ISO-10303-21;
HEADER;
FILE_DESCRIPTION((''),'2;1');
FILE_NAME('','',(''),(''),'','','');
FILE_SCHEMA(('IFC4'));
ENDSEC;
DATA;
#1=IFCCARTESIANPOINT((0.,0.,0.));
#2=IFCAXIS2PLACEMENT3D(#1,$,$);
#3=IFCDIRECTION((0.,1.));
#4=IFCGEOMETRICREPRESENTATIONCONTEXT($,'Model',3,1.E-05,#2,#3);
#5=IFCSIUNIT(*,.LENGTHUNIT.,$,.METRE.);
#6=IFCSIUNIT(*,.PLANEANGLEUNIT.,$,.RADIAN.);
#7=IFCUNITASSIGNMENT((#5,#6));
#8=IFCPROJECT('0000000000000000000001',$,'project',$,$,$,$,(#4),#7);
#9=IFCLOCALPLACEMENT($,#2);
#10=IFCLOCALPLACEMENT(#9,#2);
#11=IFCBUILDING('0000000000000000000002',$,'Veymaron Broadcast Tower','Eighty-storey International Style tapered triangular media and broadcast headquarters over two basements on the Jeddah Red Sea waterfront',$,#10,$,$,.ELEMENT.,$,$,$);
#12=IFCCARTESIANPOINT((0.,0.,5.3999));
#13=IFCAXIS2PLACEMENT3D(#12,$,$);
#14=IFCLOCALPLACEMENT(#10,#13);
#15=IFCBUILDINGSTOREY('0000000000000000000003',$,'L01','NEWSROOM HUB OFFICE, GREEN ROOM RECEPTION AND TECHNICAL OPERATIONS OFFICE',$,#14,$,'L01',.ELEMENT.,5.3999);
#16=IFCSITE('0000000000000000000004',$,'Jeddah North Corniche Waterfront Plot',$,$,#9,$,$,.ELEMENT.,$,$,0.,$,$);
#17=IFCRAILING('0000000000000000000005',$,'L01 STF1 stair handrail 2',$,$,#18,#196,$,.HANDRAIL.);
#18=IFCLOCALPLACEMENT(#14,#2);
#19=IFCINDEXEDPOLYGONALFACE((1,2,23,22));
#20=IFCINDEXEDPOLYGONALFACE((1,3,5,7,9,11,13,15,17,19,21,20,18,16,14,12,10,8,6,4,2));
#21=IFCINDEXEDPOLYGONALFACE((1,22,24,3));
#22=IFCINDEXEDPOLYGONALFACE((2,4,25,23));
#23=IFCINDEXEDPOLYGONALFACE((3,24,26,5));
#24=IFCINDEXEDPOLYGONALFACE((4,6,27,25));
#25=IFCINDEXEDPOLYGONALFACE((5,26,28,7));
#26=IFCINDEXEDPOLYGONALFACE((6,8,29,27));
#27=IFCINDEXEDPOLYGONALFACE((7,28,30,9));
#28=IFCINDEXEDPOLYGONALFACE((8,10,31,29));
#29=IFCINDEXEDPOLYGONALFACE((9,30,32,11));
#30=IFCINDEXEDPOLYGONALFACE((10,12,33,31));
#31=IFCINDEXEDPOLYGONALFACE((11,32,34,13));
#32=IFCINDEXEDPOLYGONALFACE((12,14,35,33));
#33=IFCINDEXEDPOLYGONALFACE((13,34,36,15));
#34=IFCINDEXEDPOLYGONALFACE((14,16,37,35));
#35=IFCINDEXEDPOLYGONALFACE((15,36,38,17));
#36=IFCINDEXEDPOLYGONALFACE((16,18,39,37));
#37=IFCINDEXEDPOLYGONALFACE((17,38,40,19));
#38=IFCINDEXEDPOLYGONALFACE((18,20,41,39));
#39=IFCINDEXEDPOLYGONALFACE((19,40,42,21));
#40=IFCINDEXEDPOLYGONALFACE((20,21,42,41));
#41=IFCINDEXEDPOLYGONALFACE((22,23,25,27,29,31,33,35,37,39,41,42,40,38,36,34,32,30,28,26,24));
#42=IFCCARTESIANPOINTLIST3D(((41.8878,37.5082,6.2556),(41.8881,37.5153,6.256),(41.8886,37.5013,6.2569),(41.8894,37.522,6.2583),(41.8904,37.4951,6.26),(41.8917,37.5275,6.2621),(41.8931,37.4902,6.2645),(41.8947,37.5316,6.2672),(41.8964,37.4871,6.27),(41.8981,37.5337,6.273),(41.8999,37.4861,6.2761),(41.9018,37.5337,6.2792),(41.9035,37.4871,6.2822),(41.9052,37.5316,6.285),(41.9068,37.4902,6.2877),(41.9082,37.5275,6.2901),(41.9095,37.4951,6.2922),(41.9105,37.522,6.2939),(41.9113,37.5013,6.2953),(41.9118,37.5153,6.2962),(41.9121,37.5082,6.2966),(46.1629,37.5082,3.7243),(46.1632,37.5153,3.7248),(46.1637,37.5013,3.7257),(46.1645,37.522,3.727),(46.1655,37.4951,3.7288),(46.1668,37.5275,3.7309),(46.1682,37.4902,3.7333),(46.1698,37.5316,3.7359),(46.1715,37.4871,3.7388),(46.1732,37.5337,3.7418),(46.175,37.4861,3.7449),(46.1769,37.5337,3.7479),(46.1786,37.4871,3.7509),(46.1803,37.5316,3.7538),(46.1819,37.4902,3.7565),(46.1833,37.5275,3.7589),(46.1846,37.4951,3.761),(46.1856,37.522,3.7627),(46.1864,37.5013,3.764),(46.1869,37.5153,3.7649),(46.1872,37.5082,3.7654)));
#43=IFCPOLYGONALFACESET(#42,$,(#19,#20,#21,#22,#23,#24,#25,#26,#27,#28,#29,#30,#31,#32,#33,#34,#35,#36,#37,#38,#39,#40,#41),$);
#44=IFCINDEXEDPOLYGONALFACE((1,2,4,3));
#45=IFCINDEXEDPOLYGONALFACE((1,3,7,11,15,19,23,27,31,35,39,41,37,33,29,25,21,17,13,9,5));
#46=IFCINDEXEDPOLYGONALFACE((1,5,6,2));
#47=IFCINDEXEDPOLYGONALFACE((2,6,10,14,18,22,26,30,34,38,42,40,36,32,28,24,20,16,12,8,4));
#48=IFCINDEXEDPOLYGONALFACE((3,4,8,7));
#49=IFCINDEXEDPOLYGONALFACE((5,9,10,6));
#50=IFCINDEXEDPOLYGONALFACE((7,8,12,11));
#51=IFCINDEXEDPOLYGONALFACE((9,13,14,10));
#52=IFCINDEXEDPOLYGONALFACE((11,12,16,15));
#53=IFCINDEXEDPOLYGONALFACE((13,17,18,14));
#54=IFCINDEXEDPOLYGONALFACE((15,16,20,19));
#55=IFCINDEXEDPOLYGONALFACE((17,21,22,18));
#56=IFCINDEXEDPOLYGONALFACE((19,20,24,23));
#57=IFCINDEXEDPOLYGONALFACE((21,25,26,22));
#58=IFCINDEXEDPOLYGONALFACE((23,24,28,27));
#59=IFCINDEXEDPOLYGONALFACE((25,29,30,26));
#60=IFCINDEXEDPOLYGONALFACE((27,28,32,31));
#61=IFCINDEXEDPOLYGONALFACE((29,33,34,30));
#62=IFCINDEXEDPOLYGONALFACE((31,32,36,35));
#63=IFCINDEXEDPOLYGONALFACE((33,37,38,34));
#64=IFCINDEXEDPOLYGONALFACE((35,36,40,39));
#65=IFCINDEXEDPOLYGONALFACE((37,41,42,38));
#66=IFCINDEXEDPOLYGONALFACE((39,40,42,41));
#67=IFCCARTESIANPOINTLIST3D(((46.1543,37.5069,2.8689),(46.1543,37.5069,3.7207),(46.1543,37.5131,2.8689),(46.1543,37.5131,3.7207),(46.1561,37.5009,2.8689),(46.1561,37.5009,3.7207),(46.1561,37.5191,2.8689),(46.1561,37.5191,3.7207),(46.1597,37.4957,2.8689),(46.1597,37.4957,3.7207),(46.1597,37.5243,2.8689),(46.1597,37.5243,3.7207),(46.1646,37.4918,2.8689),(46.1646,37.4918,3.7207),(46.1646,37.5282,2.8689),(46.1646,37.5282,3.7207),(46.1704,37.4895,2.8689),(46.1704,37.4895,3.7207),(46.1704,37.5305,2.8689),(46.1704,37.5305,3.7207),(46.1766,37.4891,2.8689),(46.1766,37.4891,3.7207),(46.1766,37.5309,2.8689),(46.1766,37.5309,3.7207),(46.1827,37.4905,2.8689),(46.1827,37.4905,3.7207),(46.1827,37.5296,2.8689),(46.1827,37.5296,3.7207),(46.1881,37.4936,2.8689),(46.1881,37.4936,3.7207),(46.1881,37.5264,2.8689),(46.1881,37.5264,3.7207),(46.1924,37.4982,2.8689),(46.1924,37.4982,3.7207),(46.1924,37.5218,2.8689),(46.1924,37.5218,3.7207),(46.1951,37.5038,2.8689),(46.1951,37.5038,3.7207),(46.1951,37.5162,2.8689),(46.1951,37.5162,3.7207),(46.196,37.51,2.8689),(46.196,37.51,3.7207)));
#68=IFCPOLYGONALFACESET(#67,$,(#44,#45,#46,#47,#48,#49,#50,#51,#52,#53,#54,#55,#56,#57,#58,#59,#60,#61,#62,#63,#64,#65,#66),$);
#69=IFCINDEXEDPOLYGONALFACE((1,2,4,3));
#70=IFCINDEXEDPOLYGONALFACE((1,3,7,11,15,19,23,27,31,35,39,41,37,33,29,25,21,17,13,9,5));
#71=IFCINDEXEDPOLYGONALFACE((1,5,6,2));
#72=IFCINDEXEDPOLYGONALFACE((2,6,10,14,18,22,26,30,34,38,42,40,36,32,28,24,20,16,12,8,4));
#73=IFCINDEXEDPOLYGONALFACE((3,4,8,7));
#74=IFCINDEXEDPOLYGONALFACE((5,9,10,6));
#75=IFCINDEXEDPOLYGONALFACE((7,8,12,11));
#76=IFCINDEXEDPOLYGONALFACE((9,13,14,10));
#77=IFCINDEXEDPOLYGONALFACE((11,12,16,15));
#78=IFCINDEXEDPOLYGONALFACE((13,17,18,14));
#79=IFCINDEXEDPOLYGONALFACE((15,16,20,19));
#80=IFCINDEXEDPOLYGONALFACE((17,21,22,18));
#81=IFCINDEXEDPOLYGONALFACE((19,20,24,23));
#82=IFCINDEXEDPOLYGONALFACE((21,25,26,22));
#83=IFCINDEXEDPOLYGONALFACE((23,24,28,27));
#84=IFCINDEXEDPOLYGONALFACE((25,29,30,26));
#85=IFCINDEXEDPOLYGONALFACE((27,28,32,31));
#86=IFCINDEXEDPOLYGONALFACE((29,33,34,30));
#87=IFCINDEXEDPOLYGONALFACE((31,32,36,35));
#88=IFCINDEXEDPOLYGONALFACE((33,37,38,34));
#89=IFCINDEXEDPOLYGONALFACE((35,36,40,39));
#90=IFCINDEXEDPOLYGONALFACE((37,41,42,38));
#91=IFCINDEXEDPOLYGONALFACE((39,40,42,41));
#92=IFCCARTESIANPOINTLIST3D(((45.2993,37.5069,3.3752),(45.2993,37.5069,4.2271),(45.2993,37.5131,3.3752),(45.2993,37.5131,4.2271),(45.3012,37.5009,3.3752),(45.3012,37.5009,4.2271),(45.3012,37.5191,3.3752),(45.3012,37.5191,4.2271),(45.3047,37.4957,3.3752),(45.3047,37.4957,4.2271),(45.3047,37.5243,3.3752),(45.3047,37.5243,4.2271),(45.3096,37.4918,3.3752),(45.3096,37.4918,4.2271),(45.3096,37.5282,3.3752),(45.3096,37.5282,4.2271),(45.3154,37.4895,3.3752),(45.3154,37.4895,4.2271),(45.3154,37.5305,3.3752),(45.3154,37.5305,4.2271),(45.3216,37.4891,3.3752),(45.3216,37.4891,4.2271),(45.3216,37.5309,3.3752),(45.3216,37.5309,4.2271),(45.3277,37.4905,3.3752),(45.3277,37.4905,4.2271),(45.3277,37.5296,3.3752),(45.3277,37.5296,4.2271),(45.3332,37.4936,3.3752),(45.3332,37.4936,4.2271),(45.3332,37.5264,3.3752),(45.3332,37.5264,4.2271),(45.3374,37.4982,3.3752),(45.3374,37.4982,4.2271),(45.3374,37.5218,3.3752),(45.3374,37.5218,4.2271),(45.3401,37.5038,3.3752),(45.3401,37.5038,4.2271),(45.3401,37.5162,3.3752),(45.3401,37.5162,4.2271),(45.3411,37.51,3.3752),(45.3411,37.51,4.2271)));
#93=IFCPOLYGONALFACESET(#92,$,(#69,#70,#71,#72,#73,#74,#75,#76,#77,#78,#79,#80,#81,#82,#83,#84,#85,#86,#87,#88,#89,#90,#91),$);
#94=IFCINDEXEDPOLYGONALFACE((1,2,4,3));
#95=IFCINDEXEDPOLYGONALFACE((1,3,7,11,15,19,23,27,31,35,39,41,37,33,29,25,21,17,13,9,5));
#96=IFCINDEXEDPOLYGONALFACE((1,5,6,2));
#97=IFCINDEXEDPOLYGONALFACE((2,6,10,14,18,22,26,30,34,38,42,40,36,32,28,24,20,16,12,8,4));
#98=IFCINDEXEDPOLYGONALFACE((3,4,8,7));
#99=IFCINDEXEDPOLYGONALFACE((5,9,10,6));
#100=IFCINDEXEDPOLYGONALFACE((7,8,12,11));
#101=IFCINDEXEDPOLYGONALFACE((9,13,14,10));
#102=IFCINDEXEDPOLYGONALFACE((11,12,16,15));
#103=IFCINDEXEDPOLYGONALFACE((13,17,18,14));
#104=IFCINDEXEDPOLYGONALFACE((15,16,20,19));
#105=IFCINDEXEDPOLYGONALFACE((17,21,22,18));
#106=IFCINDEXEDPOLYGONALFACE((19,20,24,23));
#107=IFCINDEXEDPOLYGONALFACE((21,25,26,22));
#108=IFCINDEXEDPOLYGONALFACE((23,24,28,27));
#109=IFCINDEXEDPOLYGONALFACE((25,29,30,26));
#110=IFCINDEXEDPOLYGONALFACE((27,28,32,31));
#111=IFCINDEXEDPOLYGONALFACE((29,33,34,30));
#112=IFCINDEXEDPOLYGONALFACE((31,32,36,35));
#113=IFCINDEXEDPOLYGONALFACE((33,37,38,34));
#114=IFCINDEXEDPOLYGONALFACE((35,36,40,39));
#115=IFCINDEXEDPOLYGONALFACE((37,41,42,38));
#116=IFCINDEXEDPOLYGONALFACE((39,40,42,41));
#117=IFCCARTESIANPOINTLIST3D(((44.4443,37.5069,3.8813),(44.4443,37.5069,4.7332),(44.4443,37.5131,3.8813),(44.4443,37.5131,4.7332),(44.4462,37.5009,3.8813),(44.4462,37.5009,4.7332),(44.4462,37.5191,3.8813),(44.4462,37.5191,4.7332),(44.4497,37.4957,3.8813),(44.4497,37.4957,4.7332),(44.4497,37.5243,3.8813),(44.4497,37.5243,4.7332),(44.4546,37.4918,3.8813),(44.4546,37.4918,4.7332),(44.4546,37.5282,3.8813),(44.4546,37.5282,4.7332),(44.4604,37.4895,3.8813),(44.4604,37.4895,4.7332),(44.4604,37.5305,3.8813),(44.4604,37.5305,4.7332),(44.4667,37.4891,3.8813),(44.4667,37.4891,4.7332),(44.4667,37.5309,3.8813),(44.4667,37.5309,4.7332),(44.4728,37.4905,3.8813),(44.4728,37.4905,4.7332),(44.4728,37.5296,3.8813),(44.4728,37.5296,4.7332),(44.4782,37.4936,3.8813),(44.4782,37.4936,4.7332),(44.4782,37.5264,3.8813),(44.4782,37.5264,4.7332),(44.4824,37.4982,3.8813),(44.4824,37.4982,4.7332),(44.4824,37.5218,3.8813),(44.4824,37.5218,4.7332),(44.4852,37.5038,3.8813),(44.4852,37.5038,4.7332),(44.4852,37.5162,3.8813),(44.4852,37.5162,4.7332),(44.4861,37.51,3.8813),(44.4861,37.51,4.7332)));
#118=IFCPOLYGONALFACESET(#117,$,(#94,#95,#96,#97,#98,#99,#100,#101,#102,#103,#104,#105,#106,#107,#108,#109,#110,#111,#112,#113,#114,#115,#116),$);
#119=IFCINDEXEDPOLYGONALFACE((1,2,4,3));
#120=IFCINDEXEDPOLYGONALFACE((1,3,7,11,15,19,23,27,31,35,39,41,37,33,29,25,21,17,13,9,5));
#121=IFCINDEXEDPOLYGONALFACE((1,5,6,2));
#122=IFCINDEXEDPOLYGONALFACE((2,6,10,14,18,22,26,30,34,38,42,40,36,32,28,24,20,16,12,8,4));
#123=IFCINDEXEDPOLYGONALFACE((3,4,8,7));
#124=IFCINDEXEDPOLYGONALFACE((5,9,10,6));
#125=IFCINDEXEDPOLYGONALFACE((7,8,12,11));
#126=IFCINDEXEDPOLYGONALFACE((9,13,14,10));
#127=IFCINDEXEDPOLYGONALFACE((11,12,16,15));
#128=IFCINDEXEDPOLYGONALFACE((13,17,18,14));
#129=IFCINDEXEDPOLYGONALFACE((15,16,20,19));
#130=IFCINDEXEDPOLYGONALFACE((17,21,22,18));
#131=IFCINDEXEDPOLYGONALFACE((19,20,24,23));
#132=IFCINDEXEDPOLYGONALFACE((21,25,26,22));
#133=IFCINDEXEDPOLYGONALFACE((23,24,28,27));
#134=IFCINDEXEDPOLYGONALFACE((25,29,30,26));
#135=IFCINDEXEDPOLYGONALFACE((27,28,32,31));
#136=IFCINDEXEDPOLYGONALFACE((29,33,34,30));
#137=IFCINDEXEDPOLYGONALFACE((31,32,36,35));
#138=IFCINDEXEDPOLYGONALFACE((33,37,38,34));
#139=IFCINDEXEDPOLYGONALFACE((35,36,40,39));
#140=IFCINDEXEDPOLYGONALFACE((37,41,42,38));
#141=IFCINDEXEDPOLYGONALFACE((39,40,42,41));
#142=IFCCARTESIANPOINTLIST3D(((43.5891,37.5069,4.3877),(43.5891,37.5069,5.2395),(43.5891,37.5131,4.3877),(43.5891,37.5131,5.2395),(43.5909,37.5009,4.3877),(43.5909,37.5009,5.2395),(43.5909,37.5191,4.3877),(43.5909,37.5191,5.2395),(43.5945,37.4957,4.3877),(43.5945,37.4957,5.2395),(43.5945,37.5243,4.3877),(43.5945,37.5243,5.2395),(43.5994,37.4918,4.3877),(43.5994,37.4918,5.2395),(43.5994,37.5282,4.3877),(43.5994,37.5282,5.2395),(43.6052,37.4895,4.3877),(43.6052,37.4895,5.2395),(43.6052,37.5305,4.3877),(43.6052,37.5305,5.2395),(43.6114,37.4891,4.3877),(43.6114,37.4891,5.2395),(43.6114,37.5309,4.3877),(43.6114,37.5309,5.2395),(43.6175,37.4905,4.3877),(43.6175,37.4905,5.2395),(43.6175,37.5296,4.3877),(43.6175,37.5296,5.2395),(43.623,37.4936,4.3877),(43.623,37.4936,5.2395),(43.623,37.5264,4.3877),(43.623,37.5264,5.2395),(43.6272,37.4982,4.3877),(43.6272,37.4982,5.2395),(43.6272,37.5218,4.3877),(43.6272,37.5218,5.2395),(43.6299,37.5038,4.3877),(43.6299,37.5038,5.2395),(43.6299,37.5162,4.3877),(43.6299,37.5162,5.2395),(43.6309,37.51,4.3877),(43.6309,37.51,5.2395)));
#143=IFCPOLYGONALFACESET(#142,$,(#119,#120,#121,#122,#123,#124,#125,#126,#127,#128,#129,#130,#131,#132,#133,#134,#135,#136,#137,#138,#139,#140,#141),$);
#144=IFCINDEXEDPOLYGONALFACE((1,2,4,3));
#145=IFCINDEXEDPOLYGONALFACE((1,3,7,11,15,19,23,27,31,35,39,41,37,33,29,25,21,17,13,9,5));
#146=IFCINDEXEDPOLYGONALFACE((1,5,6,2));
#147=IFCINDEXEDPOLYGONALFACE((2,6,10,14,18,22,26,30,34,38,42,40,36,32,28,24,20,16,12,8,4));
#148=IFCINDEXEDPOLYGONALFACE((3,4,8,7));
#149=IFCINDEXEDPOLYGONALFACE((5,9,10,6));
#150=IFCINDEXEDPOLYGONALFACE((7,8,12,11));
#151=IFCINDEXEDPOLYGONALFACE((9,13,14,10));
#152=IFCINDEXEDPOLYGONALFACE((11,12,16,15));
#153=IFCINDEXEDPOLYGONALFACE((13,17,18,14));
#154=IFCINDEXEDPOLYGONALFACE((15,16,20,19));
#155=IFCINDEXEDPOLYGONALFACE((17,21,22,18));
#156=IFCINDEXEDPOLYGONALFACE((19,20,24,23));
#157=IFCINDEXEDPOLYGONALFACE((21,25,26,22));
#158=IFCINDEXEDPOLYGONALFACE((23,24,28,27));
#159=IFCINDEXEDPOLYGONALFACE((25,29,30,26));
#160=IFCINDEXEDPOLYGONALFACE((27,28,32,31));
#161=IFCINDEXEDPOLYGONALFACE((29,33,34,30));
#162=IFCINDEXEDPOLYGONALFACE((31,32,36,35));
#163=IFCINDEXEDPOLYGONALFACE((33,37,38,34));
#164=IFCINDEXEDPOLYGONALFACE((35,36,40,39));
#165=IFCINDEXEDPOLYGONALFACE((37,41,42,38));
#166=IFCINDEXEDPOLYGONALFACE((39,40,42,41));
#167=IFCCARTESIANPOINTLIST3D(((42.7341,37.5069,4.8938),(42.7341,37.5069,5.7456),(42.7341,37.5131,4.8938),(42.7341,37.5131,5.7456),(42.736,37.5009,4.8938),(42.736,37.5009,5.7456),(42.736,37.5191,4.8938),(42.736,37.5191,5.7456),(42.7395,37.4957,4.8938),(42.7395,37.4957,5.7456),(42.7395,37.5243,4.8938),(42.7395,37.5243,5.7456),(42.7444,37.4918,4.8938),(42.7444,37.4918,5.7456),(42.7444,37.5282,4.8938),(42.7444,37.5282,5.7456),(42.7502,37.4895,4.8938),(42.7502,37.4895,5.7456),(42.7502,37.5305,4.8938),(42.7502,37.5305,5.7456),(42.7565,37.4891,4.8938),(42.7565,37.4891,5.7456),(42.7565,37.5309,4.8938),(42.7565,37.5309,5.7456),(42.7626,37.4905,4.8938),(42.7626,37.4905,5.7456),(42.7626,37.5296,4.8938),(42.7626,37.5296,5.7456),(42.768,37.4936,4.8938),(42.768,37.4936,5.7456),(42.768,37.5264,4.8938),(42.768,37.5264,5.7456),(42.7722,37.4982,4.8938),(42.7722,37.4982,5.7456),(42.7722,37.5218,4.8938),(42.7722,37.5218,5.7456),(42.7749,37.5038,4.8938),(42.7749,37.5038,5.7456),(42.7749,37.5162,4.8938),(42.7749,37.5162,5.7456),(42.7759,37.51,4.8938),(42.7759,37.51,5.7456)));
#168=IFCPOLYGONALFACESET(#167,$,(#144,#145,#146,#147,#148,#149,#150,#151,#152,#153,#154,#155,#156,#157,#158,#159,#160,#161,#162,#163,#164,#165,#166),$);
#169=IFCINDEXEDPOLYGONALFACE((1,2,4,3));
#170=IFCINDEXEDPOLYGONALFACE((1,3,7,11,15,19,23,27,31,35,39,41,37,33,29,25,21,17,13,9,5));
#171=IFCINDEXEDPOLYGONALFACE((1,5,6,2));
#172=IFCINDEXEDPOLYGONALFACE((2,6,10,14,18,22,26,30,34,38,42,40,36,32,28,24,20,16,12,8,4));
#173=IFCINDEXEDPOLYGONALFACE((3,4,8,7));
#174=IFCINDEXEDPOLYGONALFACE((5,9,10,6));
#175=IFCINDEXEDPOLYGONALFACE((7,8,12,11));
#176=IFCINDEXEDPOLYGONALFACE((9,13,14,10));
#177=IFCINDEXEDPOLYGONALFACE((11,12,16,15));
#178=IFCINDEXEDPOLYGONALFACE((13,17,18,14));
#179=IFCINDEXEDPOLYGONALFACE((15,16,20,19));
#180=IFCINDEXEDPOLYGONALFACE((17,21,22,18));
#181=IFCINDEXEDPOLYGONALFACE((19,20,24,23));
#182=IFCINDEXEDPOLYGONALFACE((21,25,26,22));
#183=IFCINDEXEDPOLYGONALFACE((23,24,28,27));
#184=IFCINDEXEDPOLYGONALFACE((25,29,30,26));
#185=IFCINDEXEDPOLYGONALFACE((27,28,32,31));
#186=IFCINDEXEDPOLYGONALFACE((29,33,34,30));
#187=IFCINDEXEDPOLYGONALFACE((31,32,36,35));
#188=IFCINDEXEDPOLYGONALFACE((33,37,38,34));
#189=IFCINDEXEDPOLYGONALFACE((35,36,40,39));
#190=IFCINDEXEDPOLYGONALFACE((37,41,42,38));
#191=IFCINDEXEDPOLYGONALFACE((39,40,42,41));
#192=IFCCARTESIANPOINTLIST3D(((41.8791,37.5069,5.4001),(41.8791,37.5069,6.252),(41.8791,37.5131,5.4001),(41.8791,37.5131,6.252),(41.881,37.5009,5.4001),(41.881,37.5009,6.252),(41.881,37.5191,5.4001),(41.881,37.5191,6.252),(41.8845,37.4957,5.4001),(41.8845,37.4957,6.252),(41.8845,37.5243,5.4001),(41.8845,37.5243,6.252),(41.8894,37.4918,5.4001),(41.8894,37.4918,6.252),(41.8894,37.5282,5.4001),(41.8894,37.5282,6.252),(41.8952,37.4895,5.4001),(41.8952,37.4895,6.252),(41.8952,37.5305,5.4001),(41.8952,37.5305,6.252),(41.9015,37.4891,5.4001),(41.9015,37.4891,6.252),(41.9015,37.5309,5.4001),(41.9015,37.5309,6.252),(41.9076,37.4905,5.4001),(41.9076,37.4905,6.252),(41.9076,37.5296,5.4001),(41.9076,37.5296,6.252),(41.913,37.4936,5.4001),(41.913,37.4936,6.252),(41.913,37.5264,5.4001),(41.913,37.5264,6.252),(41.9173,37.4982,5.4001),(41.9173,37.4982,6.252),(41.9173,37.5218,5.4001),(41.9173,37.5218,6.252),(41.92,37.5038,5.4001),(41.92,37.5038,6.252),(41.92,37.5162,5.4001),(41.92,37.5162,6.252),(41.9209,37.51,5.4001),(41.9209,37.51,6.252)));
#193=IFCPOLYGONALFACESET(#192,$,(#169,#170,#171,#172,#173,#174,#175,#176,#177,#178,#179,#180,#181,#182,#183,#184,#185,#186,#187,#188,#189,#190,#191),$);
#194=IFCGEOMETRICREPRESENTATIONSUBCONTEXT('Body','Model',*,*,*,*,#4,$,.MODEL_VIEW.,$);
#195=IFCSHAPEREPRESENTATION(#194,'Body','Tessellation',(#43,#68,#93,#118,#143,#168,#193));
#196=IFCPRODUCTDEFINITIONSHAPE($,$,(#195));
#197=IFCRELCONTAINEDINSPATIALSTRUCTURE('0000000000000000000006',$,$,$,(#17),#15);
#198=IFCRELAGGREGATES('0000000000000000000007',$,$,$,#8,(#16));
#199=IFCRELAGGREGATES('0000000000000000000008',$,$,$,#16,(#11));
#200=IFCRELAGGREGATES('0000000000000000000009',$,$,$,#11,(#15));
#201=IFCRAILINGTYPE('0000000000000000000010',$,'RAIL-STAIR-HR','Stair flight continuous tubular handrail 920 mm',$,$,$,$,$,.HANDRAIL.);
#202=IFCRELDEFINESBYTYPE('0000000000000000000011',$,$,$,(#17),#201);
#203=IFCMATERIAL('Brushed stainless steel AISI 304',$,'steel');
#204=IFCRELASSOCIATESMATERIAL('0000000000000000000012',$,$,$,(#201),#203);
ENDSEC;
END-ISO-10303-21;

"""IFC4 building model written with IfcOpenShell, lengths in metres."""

from ifc_helpers import new_model, si_unit, direction, frame, origin, origin_2d, place, context, subcontext, project, spatial, circle, extrude, material, type_object, element, save


model = new_model("IFC4")

# Units and contexts
model_context = context("Model", 3, precision=1e-05, world=origin(), true_north=direction((0.0, 1.0)))
body_context = subcontext(model_context, "Body", "Model", "MODEL_VIEW")
ifc_project = project(units=[si_unit("LENGTHUNIT", "METRE"), si_unit("PLANEANGLEUNIT", "RADIAN")], contexts=[model_context])

# Site, building, storey
site_placement = place(None, origin())
site = spatial("IfcSite", under=ifc_project, at=site_placement, Name="Jeddah North Corniche Waterfront Plot", CompositionType="ELEMENT", RefElevation=0.0)
building_placement = place(site_placement, origin())
building = spatial("IfcBuilding", under=site, at=building_placement, Name="Veymaron Broadcast Tower", Description="Eighty-storey International Style tapered triangular media and broadcast headquarters over two basements on the Jeddah Red Sea waterfront", CompositionType="ELEMENT")
storey_placement = place(building_placement, frame((0.0, 0.0, 5.3999)))
storey = spatial("IfcBuildingStorey", under=building, at=storey_placement, Name="L01", Description="NEWSROOM HUB OFFICE, GREEN ROOM RECEPTION AND TECHNICAL OPERATIONS OFFICE", LongName="L01", CompositionType="ELEMENT", Elevation=5.3999)

# Railing
ifc_material_1 = material(Name="Brushed stainless steel AISI 304", Category="steel")
railing_type_1 = type_object("IfcRailingType", Name="RAIL-STAIR-HR", Description="Stair flight continuous tubular handrail 920 mm", PredefinedType="HANDRAIL", material=ifc_material_1)
railing_1_placement = place(storey_placement, frame((46.175, 37.51, 2.8689)))
element("IfcRailing", 1, at=railing_1_placement, inside=storey, type_object=railing_type_1, Name="L01 STF1 stair handrail 2", PredefinedType="HANDRAIL", context=body_context, shape_type="SweptSolid", body=[
    extrude(circle(Radius=0.0239, at=origin_2d()), frame((0.0, 0.0, 0.876), z_axis=(-0.860483, 0.0, 0.509479), x_axis=(0.0, -1.0, 0.0)), (0.0, 0.0, 1.0), 4.9683),
    extrude(circle(Radius=0.021, at=origin_2d()), origin(), (0.0, 0.0, 1.0), 0.8518),
    extrude(circle(Radius=0.021, at=origin_2d()), frame((-0.855, 0.0, 0.5063)), (0.0, 0.0, 1.0), 0.8518),
    extrude(circle(Radius=0.021, at=origin_2d()), frame((-1.71, 0.0, 1.0125)), (0.0, 0.0, 1.0), 0.8518),
    extrude(circle(Radius=0.021, at=origin_2d()), frame((-2.5652, 0.0, 1.5188)), (0.0, 0.0, 1.0), 0.8518),
    extrude(circle(Radius=0.021, at=origin_2d()), frame((-3.4202, 0.0, 2.0249)), (0.0, 0.0, 1.0), 0.8518),
    extrude(circle(Radius=0.021, at=origin_2d()), frame((-4.2751, 0.0, 2.5312)), (0.0, 0.0, 1.0), 0.8518),
])

save(model, "model.ifc")
